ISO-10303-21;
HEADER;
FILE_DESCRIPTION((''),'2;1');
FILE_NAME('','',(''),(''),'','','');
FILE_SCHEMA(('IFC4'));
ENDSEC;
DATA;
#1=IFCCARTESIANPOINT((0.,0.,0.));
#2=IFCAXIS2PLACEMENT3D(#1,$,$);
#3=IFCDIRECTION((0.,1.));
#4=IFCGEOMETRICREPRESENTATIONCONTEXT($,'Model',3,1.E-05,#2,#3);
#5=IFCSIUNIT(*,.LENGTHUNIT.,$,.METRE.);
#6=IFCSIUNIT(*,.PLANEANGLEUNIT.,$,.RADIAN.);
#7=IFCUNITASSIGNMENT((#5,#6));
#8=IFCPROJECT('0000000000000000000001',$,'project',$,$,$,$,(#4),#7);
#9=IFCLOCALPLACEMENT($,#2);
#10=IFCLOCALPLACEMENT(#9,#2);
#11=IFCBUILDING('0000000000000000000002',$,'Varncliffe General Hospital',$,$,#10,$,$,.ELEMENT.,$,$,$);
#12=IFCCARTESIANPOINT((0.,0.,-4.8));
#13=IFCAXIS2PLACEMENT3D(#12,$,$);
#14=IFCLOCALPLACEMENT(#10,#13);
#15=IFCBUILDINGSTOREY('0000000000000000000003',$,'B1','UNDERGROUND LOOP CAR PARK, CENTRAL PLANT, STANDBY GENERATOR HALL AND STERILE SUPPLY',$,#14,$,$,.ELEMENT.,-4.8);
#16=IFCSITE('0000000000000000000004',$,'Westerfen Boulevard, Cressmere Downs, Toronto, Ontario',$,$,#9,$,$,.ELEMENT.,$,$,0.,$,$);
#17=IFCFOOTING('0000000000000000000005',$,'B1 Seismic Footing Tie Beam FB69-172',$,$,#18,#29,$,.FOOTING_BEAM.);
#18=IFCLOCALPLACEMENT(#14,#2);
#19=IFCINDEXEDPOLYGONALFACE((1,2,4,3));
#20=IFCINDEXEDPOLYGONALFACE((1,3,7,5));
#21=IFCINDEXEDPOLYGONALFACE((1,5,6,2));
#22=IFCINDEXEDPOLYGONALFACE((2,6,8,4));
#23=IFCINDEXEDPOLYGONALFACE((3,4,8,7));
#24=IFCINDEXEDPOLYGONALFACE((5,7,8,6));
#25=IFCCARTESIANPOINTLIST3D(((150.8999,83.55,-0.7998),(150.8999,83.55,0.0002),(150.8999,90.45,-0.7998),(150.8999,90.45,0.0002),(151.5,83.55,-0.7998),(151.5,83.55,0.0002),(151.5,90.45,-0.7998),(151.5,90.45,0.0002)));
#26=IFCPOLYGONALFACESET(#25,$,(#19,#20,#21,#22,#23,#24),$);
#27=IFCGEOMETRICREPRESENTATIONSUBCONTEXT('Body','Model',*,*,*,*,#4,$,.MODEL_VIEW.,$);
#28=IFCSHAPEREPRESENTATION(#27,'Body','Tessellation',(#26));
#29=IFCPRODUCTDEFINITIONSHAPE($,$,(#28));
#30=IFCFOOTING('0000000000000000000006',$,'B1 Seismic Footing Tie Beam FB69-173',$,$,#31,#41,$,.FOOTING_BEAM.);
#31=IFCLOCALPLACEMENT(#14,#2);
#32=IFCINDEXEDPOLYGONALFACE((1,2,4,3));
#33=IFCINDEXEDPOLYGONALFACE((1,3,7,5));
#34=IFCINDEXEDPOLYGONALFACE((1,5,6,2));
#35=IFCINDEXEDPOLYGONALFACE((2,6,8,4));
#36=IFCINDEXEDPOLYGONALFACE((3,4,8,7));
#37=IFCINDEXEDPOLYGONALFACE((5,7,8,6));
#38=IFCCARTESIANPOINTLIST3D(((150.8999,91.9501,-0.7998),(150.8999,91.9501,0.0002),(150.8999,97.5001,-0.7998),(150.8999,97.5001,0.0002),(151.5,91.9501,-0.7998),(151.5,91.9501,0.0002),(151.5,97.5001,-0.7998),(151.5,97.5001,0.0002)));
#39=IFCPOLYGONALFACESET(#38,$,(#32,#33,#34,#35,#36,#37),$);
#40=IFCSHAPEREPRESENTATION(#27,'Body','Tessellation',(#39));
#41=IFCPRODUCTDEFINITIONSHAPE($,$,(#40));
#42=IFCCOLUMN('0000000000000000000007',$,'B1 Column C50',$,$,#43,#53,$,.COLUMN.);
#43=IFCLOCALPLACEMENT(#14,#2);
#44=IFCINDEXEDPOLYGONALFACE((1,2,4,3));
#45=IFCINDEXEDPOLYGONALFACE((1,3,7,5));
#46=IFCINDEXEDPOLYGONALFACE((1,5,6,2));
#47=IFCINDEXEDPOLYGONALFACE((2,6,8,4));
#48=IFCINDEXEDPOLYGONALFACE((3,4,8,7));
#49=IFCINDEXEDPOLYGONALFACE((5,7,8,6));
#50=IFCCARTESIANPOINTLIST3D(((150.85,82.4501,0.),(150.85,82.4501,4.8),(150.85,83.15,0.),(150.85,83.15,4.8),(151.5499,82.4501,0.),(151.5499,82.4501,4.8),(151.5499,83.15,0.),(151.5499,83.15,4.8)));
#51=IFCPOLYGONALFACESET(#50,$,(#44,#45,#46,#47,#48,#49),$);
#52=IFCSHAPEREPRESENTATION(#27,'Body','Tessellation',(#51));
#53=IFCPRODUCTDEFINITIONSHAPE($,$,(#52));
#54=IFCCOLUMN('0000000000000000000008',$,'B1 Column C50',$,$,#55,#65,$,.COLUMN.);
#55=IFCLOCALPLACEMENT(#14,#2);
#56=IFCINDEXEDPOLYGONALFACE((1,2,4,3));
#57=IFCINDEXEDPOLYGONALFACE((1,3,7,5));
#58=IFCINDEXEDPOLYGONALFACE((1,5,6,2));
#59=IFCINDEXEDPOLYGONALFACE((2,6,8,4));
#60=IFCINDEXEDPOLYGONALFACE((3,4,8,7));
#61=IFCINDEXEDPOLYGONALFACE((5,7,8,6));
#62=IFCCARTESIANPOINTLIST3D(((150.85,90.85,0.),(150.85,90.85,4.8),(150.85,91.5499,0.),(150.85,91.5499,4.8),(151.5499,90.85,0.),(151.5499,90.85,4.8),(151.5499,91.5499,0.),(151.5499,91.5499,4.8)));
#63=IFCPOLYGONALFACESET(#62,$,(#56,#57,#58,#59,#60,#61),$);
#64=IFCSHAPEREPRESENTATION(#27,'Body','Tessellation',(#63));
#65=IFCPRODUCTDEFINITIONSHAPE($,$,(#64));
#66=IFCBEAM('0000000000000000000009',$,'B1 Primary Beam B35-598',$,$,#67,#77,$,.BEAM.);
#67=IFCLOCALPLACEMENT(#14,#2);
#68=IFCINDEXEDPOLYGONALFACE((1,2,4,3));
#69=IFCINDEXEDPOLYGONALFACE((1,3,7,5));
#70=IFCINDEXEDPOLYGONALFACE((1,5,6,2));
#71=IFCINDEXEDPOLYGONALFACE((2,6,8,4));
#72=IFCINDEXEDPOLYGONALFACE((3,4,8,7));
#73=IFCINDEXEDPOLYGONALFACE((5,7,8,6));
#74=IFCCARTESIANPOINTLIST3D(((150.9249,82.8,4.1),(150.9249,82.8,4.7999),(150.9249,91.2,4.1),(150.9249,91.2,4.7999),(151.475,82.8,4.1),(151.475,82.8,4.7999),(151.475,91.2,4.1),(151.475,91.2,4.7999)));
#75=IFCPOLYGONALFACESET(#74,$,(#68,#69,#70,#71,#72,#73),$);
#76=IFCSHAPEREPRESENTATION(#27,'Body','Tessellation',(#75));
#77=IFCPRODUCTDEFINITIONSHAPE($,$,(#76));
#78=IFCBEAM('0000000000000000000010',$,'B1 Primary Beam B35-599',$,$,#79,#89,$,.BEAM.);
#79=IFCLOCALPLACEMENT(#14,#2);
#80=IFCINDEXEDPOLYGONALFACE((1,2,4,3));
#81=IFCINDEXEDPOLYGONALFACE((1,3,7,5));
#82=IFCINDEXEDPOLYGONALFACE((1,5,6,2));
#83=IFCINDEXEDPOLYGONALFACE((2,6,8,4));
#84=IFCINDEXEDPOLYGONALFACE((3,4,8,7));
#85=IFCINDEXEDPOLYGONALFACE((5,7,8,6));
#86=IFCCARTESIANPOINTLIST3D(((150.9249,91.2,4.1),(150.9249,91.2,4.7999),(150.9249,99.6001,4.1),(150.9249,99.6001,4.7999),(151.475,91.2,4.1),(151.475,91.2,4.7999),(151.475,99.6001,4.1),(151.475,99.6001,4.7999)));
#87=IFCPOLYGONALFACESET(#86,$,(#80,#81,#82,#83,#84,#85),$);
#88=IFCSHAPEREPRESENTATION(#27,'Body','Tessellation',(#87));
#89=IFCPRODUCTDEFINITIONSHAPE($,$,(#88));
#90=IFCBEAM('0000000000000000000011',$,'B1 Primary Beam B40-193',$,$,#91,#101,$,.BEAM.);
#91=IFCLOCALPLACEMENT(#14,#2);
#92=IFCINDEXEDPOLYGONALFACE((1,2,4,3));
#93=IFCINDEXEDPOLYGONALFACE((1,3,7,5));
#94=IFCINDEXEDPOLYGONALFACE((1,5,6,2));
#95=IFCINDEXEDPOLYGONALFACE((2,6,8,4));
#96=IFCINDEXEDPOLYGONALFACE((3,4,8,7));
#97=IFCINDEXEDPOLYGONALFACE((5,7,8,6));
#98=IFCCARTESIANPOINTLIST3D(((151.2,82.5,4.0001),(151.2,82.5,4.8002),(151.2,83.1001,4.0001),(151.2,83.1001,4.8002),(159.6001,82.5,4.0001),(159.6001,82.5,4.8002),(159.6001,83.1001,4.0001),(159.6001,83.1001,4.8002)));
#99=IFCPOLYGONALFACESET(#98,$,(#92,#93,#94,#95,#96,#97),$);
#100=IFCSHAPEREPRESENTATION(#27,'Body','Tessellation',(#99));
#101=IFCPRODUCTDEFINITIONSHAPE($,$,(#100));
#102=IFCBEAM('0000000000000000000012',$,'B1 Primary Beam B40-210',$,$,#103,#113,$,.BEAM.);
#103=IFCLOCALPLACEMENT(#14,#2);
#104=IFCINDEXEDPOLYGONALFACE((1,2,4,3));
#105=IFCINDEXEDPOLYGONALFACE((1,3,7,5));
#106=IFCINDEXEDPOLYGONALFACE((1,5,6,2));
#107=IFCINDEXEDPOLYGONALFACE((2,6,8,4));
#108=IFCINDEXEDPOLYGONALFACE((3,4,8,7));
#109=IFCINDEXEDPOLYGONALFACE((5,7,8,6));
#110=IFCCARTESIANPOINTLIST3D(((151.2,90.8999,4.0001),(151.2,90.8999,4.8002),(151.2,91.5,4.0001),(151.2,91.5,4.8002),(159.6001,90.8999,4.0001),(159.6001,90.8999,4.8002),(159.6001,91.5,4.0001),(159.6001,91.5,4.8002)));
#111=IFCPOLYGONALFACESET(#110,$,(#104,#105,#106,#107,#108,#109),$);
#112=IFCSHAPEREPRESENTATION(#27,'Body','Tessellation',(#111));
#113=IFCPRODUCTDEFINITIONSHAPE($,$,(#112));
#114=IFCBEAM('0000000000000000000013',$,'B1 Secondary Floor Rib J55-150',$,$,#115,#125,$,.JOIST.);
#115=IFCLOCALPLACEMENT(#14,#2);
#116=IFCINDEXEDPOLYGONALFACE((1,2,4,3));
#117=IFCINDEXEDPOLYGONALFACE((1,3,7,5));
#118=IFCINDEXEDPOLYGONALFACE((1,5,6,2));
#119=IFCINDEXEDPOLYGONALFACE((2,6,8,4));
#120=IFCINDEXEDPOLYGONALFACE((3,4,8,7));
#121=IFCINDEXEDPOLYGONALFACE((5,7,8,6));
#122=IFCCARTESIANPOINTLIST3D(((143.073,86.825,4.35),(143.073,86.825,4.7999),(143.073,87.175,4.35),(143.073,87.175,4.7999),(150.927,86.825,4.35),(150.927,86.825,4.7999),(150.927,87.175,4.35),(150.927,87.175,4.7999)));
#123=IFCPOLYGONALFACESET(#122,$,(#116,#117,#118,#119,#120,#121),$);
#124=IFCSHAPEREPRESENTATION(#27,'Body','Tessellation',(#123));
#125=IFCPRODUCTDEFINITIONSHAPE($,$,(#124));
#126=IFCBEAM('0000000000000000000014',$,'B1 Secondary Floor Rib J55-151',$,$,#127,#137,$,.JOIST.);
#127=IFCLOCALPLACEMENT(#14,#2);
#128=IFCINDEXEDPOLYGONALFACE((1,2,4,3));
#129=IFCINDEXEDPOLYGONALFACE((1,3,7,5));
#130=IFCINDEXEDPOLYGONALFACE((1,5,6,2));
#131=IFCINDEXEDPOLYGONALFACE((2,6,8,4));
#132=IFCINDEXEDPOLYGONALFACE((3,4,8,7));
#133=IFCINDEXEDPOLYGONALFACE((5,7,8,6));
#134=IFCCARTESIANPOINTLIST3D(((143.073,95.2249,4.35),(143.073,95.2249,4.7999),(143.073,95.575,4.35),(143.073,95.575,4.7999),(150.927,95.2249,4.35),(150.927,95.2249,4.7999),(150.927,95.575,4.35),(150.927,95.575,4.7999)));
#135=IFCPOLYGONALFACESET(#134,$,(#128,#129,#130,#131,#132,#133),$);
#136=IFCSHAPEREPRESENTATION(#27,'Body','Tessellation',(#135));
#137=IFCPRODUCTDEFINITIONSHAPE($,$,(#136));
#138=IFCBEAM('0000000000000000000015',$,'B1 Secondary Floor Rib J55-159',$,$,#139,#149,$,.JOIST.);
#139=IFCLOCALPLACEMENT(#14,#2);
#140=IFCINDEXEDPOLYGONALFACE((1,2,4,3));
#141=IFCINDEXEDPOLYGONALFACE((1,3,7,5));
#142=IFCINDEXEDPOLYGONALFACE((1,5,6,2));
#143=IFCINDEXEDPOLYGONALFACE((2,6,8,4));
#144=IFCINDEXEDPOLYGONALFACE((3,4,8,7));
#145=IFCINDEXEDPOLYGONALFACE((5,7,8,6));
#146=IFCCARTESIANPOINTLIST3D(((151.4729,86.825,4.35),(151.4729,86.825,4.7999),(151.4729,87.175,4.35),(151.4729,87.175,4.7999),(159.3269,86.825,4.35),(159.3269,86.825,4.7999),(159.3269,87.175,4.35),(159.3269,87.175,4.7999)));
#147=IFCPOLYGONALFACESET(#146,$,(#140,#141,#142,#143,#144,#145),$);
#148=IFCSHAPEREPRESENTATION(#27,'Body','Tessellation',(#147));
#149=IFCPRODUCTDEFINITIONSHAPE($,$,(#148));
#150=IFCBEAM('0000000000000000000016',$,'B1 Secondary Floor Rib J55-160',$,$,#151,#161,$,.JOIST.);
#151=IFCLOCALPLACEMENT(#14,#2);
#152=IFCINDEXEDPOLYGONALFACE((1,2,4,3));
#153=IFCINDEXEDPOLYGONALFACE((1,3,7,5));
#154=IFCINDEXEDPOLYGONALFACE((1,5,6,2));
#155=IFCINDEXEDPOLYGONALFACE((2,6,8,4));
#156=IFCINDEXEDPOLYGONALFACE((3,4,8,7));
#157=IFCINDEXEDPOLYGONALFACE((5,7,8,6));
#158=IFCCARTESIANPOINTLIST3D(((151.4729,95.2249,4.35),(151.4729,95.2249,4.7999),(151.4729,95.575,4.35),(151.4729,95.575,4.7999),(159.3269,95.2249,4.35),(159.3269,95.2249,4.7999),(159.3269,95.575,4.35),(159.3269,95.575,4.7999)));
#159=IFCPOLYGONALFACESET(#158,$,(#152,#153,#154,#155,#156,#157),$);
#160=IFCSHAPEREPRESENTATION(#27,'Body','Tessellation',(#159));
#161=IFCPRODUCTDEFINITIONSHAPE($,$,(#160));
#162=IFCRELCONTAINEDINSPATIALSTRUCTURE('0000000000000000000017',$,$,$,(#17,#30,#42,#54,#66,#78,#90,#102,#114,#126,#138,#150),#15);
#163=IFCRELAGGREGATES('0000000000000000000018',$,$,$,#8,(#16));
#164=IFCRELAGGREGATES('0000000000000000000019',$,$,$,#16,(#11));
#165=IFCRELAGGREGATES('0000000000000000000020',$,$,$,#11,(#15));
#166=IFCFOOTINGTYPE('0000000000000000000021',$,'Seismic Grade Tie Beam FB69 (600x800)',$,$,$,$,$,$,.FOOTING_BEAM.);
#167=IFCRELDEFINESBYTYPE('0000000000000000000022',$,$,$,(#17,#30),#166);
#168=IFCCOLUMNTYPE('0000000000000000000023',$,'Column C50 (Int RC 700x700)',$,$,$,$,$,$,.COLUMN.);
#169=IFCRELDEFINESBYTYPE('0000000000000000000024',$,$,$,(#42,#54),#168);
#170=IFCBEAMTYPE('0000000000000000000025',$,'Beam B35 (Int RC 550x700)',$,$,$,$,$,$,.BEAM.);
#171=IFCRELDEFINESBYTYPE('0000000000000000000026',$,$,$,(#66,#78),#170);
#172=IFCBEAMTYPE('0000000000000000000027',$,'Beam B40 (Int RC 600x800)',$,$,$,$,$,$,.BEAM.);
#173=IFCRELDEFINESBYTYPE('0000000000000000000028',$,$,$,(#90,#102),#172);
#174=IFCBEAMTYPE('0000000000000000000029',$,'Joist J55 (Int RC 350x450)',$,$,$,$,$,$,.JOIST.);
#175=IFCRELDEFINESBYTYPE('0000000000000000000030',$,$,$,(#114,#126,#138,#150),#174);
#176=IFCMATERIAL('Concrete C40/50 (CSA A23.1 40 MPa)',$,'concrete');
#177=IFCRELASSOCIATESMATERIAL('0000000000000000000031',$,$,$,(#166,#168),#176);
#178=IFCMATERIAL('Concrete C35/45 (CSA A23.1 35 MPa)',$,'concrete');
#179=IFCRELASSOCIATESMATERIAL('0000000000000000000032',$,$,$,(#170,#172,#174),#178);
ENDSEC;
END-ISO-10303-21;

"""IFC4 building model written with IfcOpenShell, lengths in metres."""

from ifc_helpers import new_model, si_unit, direction, frame, origin, origin_2d, place, context, subcontext, project, spatial, rectangle, extrude, material, material_profile, profile_set, type_object, element, save


model = new_model("IFC4")

# Units and contexts
model_context = context("Model", 3, precision=1e-05, world=origin(), true_north=direction((0.0, 1.0)))
body_context = subcontext(model_context, "Body", "Model", "MODEL_VIEW")
ifc_project = project(units=[si_unit("LENGTHUNIT", "METRE"), si_unit("PLANEANGLEUNIT", "RADIAN")], contexts=[model_context])

# Site, building, storey
site_placement = place(None, origin())
site = spatial("IfcSite", under=ifc_project, at=site_placement, Name="Westerfen Boulevard, Cressmere Downs, Toronto, Ontario", CompositionType="ELEMENT", RefElevation=0.0)
building_placement = place(site_placement, origin())
building = spatial("IfcBuilding", under=site, at=building_placement, Name="Varncliffe General Hospital", CompositionType="ELEMENT")
storey_placement = place(building_placement, frame((0.0, 0.0, -4.8)))
storey = spatial("IfcBuildingStorey", under=building, at=storey_placement, Name="B1", Description="UNDERGROUND LOOP CAR PARK, CENTRAL PLANT, STANDBY GENERATOR HALL AND STERILE SUPPLY", CompositionType="ELEMENT", Elevation=-4.8)

# Shared definitions
ifc_material_1 = material(Name="Concrete C40/50 (CSA A23.1 40 MPa)", Category="concrete")

# Footings
footing_type_1 = type_object("IfcFootingType", Name="Seismic Grade Tie Beam FB69 (600x800)", PredefinedType="FOOTING_BEAM", material=ifc_material_1)
footing_1_placement = place(storey_placement, frame((151.2, 87.0, -0.7998), z_axis=(0.0, 0.0, 1.0), x_axis=(1.0, 0.0, 0.0)))
element("IfcFooting", 1, at=footing_1_placement, inside=storey, type_object=footing_type_1, Name="B1 Seismic Footing Tie Beam FB69-172", PredefinedType="FOOTING_BEAM", context=body_context, shape_type="SweptSolid", body=[
    extrude(rectangle(XDim=0.6001, YDim=6.8999, at=origin_2d()), origin(), (0.0, 0.0, 1.0), 0.8),
])
footing_2_placement = place(storey_placement, frame((151.2, 94.7251, -0.7998), z_axis=(0.0, 0.0, 1.0), x_axis=(1.0, 0.0, 0.0)))
element("IfcFooting", 2, at=footing_2_placement, inside=storey, type_object=footing_type_1, Name="B1 Seismic Footing Tie Beam FB69-173", PredefinedType="FOOTING_BEAM", context=body_context, shape_type="SweptSolid", body=[
    extrude(rectangle(XDim=0.6001, YDim=5.55, at=origin_2d()), origin(), (0.0, 0.0, 1.0), 0.8),
])

# Columns
ifc_material_profile_1 = material_profile(ifc_material_1, rectangle(XDim=0.7, YDim=0.7, at=origin_2d()), Name="RC 700x700")
ifc_profile_set_1 = profile_set([ifc_material_profile_1], Name="Concrete C40/50 (CSA A23.1 40 MPa)")
column_type = type_object("IfcColumnType", Name="Column C50 (Int RC 700x700)", PredefinedType="COLUMN", material=ifc_profile_set_1)
for number, where, z_axis, x_axis, name in (
    (3, (151.2, 82.8, 0.0), (0.0, 0.0, 1.0), (1.0, 0.0, 0.0), "B1 Column C50"),
    (4, (151.2, 91.2, 0.0), (0.0, 0.0, 1.0), (1.0, 0.0, 0.0), "B1 Column C50"),
):
    element("IfcColumn", number, at=place(storey_placement, frame(where, z_axis=z_axis, x_axis=x_axis)), inside=storey, type_object=column_type, Name=name, PredefinedType="COLUMN", context=body_context, shape_type="SweptSolid", body=[
        extrude(rectangle(XDim=0.7, YDim=0.7, at=origin_2d()), origin(), (0.0, 0.0, 1.0), 4.8),
    ])

# Beams
ifc_material_2 = material(Name="Concrete C35/45 (CSA A23.1 35 MPa)", Category="concrete")
ifc_material_profile_2 = material_profile(ifc_material_2, rectangle(XDim=0.55, YDim=0.7, at=origin_2d()), Name="RC 550x700")
ifc_profile_set_2 = profile_set([ifc_material_profile_2], Name="Concrete C35/45 (CSA A23.1 35 MPa)")
beam_type_1 = type_object("IfcBeamType", Name="Beam B35 (Int RC 550x700)", PredefinedType="BEAM", material=ifc_profile_set_2)
beam_1_placement = place(storey_placement, frame((151.2, 82.8, 4.45), z_axis=(0.0, 1.0, 0.0), x_axis=(-1.0, 0.0, 0.0)))
element("IfcBeam", 5, at=beam_1_placement, inside=storey, type_object=beam_type_1, Name="B1 Primary Beam B35-598", PredefinedType="BEAM", context=body_context, shape_type="SweptSolid", body=[
    extrude(rectangle(XDim=0.55, YDim=0.7, at=origin_2d()), origin(), (0.0, 0.0, 1.0), 8.3999),
])
beam_2_placement = place(storey_placement, frame((151.2, 91.2, 4.45), z_axis=(0.0, 1.0, 0.0), x_axis=(-1.0, 0.0, 0.0)))
element("IfcBeam", 6, at=beam_2_placement, inside=storey, type_object=beam_type_1, Name="B1 Primary Beam B35-599", PredefinedType="BEAM", context=body_context, shape_type="SweptSolid", body=[
    extrude(rectangle(XDim=0.55, YDim=0.7, at=origin_2d()), origin(), (0.0, 0.0, 1.0), 8.4001),
])
ifc_material_profile_3 = material_profile(ifc_material_2, rectangle(XDim=0.6001, YDim=0.8, at=origin_2d()), Name="RC 600x800")
ifc_profile_set_3 = profile_set([ifc_material_profile_3], Name="Concrete C35/45 (CSA A23.1 35 MPa)")
beam_type_2 = type_object("IfcBeamType", Name="Beam B40 (Int RC 600x800)", PredefinedType="BEAM", material=ifc_profile_set_3)
for number, where, z_axis, x_axis, name in (
    (7, (151.2, 82.8, 4.4001), (1.0, 0.0, 0.0), (0.0, 1.0, 0.0), "B1 Primary Beam B40-193"),
    (8, (151.2, 91.2, 4.4001), (1.0, 0.0, 0.0), (0.0, 1.0, 0.0), "B1 Primary Beam B40-210"),
):
    element("IfcBeam", number, at=place(storey_placement, frame(where, z_axis=z_axis, x_axis=x_axis)), inside=storey, type_object=beam_type_2, Name=name, PredefinedType="BEAM", context=body_context, shape_type="SweptSolid", body=[
        extrude(rectangle(XDim=0.6001, YDim=0.8, at=origin_2d()), origin(), (0.0, 0.0, 1.0), 8.4001),
    ])
ifc_material_profile_4 = material_profile(ifc_material_2, rectangle(XDim=0.3501, YDim=0.45, at=origin_2d()), Name="RC 350x450")
ifc_profile_set_4 = profile_set([ifc_material_profile_4], Name="Concrete C35/45 (CSA A23.1 35 MPa)")
beam_type_3 = type_object("IfcBeamType", Name="Joist J55 (Int RC 350x450)", PredefinedType="JOIST", material=ifc_profile_set_4)
for number, where, z_axis, x_axis, name in (
    (9, (143.073, 87.0, 4.575), (1.0, 0.0, 0.0), (0.0, 1.0, 0.0), "B1 Secondary Floor Rib J55-150"),
    (10, (143.073, 95.3999, 4.575), (1.0, 0.0, 0.0), (0.0, 1.0, 0.0), "B1 Secondary Floor Rib J55-151"),
    (11, (151.4729, 87.0, 4.575), (1.0, 0.0, 0.0), (0.0, 1.0, 0.0), "B1 Secondary Floor Rib J55-159"),
    (12, (151.4729, 95.3999, 4.575), (1.0, 0.0, 0.0), (0.0, 1.0, 0.0), "B1 Secondary Floor Rib J55-160"),
):
    element("IfcBeam", number, at=place(storey_placement, frame(where, z_axis=z_axis, x_axis=x_axis)), inside=storey, type_object=beam_type_3, Name=name, PredefinedType="JOIST", context=body_context, shape_type="SweptSolid", body=[
        extrude(rectangle(XDim=0.3501, YDim=0.45, at=origin_2d()), origin(), (0.0, 0.0, 1.0), 7.854),
    ])

save(model, "model.ifc")
